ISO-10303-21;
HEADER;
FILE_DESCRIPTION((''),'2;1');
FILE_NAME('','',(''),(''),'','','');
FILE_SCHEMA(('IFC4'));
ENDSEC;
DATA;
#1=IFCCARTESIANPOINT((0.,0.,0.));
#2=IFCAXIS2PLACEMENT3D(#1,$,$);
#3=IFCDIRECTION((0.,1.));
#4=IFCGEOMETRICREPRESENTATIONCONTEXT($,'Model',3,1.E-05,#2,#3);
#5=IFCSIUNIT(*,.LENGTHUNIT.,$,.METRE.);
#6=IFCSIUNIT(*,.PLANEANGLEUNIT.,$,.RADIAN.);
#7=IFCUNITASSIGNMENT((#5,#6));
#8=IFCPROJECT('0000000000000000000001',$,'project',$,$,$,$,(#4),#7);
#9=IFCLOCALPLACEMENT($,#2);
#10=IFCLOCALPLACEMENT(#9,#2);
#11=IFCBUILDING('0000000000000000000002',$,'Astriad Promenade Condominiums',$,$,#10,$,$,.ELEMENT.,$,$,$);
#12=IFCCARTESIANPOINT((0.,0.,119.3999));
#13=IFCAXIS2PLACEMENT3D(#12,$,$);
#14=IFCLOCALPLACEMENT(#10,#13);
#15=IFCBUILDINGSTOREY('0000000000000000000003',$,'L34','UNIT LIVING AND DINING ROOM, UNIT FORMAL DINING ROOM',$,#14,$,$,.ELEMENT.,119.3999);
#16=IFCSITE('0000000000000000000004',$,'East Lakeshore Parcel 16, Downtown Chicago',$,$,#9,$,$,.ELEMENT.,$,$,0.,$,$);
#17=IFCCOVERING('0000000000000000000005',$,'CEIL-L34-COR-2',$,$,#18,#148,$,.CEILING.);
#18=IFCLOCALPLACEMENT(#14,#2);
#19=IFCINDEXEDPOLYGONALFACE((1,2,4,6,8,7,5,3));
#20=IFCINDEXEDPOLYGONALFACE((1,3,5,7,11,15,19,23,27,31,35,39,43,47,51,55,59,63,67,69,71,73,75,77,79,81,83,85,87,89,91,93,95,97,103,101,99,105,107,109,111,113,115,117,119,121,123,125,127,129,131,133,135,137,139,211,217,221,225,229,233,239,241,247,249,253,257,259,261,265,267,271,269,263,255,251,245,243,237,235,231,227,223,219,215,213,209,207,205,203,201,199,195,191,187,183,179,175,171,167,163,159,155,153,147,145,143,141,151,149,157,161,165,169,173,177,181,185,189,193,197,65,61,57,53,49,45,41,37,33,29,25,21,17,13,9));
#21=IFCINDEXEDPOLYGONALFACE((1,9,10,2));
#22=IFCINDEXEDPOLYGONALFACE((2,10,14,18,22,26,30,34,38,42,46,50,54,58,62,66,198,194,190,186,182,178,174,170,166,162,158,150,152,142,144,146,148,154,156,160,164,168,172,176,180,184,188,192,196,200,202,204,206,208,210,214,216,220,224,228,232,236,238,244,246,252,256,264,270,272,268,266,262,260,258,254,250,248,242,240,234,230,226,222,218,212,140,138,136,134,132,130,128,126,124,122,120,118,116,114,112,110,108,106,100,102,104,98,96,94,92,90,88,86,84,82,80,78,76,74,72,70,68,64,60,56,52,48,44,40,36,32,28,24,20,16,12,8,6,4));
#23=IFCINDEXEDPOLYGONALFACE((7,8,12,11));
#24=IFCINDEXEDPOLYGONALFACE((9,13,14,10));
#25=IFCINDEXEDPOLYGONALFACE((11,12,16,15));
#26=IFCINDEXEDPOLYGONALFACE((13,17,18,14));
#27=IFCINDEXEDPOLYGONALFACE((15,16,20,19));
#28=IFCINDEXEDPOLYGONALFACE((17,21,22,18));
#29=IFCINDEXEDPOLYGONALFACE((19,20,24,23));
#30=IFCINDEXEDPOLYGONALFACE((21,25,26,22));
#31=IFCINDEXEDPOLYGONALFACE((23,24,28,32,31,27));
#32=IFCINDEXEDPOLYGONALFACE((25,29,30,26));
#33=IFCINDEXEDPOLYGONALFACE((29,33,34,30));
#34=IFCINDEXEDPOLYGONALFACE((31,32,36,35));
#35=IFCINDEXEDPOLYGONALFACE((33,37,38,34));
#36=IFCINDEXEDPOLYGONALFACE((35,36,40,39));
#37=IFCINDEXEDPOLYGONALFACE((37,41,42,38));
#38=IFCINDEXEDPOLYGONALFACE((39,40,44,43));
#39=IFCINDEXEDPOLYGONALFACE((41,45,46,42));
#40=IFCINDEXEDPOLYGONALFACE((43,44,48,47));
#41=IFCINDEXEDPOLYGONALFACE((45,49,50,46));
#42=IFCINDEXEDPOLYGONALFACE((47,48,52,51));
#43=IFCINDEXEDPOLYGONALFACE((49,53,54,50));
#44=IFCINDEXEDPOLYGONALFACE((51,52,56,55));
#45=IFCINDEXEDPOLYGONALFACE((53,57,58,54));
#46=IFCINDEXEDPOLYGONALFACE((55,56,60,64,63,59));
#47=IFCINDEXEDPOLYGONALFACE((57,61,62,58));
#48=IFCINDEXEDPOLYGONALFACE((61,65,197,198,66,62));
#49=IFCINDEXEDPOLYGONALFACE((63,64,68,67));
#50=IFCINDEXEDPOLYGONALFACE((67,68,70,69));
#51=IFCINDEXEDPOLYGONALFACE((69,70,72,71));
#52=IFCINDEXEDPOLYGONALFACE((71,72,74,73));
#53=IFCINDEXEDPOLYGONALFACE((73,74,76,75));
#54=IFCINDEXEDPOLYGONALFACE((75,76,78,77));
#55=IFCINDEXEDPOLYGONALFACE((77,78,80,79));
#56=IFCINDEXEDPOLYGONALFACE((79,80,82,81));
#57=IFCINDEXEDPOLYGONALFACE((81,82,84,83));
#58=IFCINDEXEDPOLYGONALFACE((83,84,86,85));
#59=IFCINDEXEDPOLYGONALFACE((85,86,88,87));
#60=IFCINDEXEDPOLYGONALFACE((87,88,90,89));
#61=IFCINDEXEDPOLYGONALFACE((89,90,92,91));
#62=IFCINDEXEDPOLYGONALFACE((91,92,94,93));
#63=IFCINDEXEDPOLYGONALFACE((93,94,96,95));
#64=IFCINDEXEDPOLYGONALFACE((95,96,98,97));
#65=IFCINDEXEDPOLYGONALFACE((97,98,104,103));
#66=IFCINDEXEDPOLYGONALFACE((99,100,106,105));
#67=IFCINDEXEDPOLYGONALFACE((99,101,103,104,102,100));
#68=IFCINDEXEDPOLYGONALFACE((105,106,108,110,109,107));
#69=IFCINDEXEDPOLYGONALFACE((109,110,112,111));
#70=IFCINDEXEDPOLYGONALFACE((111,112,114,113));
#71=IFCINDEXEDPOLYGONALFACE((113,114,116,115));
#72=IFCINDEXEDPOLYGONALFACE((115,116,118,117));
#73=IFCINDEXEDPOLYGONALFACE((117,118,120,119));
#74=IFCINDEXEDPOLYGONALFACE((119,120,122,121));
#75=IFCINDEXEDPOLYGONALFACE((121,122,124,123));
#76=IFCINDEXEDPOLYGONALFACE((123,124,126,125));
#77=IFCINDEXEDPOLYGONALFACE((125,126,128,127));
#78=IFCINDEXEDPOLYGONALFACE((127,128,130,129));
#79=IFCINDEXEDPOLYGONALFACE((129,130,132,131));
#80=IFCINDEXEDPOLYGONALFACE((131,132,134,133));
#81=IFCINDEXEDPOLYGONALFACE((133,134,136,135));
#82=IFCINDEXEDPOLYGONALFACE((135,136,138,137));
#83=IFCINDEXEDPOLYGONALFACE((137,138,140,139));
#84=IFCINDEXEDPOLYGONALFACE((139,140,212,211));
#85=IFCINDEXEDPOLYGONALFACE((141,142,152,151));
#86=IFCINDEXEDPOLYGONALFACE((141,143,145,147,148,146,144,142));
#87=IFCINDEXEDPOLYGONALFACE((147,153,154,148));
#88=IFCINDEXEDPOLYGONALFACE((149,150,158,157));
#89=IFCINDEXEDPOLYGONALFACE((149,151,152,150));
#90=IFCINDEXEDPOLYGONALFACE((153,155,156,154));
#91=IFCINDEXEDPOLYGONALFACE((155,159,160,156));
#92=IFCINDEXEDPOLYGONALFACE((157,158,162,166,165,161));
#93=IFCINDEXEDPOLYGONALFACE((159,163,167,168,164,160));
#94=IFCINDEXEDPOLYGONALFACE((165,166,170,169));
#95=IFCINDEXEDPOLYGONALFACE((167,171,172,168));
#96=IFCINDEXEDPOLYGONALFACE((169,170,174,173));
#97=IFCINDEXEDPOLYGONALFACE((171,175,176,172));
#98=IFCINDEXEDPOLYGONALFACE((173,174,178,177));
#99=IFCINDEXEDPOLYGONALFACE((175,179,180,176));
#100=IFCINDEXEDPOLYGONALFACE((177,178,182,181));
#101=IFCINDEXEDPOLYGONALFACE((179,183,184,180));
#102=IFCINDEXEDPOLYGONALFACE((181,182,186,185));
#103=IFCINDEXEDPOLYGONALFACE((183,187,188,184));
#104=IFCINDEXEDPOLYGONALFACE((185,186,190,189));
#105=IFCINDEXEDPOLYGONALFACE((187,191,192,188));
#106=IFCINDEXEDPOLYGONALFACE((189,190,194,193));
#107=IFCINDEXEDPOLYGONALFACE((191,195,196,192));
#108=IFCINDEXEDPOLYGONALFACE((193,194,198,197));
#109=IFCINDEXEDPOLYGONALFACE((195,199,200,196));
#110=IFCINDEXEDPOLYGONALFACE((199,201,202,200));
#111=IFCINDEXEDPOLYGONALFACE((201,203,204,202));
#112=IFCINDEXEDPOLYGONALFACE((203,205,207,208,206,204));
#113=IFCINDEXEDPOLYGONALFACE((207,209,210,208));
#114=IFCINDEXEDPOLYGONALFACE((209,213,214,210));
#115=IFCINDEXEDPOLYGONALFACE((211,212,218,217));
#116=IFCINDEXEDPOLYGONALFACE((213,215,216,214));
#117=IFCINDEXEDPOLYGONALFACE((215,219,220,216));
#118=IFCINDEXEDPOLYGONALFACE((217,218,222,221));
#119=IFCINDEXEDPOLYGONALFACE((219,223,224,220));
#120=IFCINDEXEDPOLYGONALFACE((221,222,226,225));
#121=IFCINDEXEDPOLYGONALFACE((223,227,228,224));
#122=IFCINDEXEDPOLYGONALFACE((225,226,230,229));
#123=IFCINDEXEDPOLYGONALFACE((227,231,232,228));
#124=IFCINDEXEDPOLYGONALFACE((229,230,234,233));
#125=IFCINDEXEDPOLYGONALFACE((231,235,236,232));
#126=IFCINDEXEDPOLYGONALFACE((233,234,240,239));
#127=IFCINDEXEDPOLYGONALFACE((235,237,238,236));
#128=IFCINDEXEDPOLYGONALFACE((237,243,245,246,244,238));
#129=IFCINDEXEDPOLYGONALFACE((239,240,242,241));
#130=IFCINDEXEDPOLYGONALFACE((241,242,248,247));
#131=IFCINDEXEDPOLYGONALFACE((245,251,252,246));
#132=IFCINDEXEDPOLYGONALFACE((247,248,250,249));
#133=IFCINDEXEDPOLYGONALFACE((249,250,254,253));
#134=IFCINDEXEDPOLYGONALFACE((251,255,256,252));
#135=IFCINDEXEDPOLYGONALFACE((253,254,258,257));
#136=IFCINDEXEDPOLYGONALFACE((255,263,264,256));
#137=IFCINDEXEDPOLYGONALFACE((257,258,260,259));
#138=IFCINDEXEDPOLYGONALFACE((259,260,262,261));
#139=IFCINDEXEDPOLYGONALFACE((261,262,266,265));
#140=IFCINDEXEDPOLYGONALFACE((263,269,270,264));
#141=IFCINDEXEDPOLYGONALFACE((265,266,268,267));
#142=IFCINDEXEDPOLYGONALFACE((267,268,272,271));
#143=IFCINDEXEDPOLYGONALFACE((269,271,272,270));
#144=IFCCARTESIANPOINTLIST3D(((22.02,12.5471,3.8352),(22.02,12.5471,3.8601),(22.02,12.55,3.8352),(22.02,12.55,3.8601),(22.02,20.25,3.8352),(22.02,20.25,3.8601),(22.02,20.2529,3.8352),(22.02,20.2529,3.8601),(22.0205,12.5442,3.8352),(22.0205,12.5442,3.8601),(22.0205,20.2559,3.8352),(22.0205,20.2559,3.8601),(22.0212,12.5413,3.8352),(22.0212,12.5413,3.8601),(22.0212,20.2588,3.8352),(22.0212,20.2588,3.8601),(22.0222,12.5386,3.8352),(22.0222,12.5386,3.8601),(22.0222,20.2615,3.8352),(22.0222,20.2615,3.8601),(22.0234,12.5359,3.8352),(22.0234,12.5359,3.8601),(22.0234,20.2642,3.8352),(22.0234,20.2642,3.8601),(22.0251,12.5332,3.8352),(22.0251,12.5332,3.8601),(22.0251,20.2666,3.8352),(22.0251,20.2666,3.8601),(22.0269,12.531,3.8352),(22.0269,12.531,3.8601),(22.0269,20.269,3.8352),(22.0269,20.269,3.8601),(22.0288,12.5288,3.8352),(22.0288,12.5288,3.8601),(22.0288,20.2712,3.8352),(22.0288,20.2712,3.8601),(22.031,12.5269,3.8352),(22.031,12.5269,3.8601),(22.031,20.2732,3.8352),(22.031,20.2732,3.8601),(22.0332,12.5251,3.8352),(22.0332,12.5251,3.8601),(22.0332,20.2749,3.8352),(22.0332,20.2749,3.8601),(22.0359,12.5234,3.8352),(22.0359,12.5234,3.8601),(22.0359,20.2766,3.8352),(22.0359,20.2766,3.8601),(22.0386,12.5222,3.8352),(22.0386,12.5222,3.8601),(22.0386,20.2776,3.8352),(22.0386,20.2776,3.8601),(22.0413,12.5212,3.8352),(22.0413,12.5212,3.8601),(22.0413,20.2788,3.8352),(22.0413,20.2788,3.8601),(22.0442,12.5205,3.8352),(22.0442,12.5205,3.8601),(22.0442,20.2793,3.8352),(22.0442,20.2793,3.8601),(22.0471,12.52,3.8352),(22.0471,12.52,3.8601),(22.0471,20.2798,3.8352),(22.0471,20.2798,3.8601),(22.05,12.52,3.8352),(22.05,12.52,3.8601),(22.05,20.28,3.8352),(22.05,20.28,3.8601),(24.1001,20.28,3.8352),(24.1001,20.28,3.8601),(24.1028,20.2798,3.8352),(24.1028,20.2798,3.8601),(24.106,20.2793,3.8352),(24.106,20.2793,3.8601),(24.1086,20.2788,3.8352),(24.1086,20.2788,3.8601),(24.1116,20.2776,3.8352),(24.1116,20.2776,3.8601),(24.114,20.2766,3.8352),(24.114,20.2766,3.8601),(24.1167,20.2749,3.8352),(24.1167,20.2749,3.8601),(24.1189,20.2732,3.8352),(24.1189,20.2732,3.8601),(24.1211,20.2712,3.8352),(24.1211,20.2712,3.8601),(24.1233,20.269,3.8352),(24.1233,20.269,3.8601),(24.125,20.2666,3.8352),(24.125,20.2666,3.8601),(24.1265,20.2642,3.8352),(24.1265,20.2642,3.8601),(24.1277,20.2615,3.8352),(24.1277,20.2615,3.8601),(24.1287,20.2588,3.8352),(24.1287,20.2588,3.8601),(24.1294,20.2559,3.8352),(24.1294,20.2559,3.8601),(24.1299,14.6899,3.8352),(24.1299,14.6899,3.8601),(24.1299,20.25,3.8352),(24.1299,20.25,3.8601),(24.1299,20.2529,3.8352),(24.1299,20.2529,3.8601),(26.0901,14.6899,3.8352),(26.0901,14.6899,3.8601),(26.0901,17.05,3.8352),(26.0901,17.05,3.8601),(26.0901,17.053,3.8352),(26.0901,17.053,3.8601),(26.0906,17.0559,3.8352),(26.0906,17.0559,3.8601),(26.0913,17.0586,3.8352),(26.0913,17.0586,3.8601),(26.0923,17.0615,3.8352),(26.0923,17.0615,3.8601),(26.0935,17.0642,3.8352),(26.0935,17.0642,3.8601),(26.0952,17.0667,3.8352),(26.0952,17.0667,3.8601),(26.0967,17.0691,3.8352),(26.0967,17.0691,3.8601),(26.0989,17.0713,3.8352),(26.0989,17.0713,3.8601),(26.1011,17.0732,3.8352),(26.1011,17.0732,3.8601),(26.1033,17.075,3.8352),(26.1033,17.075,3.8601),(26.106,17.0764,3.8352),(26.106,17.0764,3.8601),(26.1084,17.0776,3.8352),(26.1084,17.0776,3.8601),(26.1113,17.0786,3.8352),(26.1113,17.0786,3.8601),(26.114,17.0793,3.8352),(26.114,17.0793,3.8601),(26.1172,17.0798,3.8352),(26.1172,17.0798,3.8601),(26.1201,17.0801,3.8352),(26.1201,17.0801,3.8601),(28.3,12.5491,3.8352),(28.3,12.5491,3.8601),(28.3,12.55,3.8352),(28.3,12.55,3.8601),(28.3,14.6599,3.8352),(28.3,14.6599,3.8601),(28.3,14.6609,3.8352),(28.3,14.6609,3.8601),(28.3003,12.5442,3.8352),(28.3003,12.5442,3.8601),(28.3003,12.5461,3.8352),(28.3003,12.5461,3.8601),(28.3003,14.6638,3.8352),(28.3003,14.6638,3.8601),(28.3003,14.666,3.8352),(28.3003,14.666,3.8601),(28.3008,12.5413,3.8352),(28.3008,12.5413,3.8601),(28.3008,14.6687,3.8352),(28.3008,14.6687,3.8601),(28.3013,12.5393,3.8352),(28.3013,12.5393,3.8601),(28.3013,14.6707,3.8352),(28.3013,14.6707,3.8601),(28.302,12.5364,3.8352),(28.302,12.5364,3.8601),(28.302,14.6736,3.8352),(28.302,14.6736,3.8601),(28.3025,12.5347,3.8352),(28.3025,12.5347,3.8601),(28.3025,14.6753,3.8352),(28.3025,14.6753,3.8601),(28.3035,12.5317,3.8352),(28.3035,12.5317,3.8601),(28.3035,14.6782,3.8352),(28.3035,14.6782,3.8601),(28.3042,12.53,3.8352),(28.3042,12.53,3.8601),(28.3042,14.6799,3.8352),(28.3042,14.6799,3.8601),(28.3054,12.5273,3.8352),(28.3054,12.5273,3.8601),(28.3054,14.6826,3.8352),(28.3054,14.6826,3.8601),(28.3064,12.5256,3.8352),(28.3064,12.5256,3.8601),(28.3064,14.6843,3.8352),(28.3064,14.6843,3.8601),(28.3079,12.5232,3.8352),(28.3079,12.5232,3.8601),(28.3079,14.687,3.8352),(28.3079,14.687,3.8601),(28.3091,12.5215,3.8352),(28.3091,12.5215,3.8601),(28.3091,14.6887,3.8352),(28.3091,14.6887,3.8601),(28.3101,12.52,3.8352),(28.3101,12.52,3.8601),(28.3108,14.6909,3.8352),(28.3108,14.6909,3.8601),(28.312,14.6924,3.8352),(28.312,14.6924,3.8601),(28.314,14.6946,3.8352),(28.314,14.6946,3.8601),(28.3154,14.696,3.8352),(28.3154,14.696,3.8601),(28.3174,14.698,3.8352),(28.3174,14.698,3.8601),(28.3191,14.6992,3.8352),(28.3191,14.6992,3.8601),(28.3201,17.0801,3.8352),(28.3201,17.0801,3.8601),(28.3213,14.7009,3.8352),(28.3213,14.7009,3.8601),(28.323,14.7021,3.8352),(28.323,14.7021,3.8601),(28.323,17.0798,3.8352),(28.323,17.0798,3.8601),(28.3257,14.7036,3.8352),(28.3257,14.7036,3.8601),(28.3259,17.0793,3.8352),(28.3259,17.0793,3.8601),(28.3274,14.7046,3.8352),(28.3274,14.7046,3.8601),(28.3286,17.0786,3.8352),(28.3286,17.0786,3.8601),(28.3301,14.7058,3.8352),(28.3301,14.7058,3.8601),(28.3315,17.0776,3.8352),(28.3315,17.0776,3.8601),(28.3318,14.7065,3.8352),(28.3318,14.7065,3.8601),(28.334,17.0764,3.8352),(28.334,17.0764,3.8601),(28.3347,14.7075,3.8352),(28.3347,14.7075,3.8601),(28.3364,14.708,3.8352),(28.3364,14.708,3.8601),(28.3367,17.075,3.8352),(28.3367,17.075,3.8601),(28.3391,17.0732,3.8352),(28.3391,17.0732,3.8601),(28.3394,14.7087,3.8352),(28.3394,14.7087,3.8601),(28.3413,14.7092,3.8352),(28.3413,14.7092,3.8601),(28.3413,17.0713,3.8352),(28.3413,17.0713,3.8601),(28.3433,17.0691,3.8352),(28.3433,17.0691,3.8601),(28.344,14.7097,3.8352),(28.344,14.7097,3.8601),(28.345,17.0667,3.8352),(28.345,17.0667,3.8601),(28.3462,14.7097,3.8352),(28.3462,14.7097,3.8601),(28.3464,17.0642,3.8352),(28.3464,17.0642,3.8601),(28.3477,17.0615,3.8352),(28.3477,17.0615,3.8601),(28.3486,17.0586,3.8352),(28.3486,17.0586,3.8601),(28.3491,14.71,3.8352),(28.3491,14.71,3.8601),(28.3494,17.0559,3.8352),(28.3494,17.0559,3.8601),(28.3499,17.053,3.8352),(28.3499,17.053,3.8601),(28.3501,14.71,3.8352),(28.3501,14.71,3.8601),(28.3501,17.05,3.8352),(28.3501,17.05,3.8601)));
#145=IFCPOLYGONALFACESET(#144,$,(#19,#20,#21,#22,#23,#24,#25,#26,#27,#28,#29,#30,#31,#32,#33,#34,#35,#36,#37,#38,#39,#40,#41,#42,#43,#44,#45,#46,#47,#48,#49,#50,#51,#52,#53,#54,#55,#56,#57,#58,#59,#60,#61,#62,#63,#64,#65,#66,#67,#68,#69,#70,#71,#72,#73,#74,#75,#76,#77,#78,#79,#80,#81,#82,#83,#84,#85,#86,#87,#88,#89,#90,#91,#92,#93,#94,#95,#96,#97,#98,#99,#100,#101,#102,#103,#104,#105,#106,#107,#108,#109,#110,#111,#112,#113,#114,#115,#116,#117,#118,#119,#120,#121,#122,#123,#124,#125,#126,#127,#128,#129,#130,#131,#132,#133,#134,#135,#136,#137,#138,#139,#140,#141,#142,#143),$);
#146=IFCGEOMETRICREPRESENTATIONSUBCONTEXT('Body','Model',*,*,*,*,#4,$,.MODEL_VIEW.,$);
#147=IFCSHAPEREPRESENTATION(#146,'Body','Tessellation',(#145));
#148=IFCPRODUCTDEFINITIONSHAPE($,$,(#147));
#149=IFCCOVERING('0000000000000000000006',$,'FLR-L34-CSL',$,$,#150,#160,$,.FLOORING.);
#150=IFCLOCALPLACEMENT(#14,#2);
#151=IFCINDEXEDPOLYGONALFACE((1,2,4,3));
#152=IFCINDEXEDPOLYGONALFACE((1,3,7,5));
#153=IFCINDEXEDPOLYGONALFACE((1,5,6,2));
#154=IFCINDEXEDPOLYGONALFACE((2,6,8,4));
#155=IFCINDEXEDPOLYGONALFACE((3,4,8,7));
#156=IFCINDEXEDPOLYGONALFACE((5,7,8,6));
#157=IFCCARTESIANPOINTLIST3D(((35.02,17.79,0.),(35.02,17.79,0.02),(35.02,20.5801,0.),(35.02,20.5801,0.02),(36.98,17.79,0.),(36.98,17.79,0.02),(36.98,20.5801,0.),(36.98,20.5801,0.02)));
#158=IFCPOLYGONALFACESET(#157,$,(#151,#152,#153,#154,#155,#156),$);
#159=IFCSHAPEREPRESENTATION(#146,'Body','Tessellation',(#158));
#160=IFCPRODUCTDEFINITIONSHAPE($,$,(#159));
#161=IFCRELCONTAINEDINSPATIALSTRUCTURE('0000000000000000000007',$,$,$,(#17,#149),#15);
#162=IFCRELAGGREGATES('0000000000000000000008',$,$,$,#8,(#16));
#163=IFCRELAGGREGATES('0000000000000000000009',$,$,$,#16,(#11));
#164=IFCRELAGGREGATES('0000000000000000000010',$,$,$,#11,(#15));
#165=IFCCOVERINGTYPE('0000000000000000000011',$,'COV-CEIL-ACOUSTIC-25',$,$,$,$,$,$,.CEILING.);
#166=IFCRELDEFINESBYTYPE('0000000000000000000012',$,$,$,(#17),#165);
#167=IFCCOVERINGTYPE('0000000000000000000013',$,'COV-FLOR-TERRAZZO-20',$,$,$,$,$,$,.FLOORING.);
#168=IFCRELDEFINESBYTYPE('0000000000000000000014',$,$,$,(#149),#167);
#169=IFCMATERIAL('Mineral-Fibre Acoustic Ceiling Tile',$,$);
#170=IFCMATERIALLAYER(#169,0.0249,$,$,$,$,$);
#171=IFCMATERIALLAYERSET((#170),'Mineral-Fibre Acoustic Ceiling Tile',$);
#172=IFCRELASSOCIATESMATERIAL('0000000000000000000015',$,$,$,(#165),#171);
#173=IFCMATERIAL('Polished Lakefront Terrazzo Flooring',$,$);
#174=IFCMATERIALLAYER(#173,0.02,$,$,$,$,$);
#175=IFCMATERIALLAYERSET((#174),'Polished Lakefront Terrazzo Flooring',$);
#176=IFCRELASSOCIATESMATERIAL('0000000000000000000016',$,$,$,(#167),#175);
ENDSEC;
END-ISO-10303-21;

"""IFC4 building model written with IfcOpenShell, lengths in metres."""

from ifc_helpers import new_model, si_unit, direction, frame, origin, place, context, subcontext, project, spatial, polyline, outline, extrude, material, layer, layer_set, type_object, element, save


model = new_model("IFC4")

# Units and contexts
model_context = context("Model", 3, precision=1e-05, world=origin(), true_north=direction((0.0, 1.0)))
body_context = subcontext(model_context, "Body", "Model", "MODEL_VIEW")
ifc_project = project(units=[si_unit("LENGTHUNIT", "METRE"), si_unit("PLANEANGLEUNIT", "RADIAN")], contexts=[model_context])

# Site, building, storey
site_placement = place(None, origin())
site = spatial("IfcSite", under=ifc_project, at=site_placement, Name="East Lakeshore Parcel 16, Downtown Chicago", CompositionType="ELEMENT", RefElevation=0.0)
building_placement = place(site_placement, origin())
building = spatial("IfcBuilding", under=site, at=building_placement, Name="Astriad Promenade Condominiums", CompositionType="ELEMENT")
storey_placement = place(building_placement, frame((0.0, 0.0, 119.3999)))
storey = spatial("IfcBuildingStorey", under=building, at=storey_placement, Name="L34", Description="UNIT LIVING AND DINING ROOM, UNIT FORMAL DINING ROOM", CompositionType="ELEMENT", Elevation=119.3999)

# Coverings
ifc_material_1 = material(Name="Mineral-Fibre Acoustic Ceiling Tile")
ifc_layer_1 = layer(ifc_material_1, 0.0249)
ifc_layer_set_1 = layer_set([ifc_layer_1], Name="Mineral-Fibre Acoustic Ceiling Tile")
covering_type_1 = type_object("IfcCoveringType", Name="COV-CEIL-ACOUSTIC-25", PredefinedType="CEILING", material=ifc_layer_set_1)
covering_1_placement = place(storey_placement, frame((0.0, 0.0, 3.8352)))
element("IfcCovering", 1, at=covering_1_placement, inside=storey, type_object=covering_type_1, Name="CEIL-L34-COR-2", PredefinedType="CEILING", context=body_context, shape_type="SweptSolid", body=[
    extrude(outline(polyline([(22.0471, 12.52), (22.0442, 12.5205), (22.0413, 12.5212), (22.0386, 12.5222), (22.0359, 12.5234), (22.0332, 12.5251), (22.031, 12.5269), (22.0288, 12.5288), (22.0269, 12.531), (22.0251, 12.5332), (22.0234, 12.5359), (22.0222, 12.5386), (22.0212, 12.5413), (22.0205, 12.5442), (22.02, 12.5471), (22.02, 12.55), (22.02, 20.25), (22.02, 20.2529), (22.0205, 20.2559), (22.0212, 20.2588), (22.0222, 20.2615), (22.0234, 20.2642), (22.0251, 20.2666), (22.0269, 20.269), (22.0288, 20.2712), (22.031, 20.2732), (22.0332, 20.2749), (22.0359, 20.2766), (22.0386, 20.2776), (22.0413, 20.2788), (22.0442, 20.2793), (22.0471, 20.2798), (22.05, 20.28), (24.1001, 20.28), (24.1028, 20.2798), (24.106, 20.2793), (24.1086, 20.2788), (24.1116, 20.2776), (24.114, 20.2766), (24.1167, 20.2749), (24.1189, 20.2732), (24.1211, 20.2712), (24.1233, 20.269), (24.125, 20.2666), (24.1265, 20.2642), (24.1277, 20.2615), (24.1287, 20.2588), (24.1294, 20.2559), (24.1299, 20.2529), (24.1299, 20.25), (24.1299, 14.6899), (26.0901, 14.6899), (26.0901, 17.05), (26.0901, 17.053), (26.0906, 17.0559), (26.0913, 17.0586), (26.0923, 17.0615), (26.0935, 17.0642), (26.0952, 17.0667), (26.0967, 17.0691), (26.0989, 17.0713), (26.1011, 17.0732), (26.1033, 17.075), (26.106, 17.0764), (26.1084, 17.0776), (26.1113, 17.0786), (26.114, 17.0793), (26.1172, 17.0798), (26.1201, 17.0801), (28.3201, 17.0801), (28.323, 17.0798), (28.3259, 17.0793), (28.3286, 17.0786), (28.3315, 17.0776), (28.334, 17.0764), (28.3367, 17.075), (28.3391, 17.0732), (28.3413, 17.0713), (28.3433, 17.0691), (28.345, 17.0667), (28.3464, 17.0642), (28.3477, 17.0615), (28.3486, 17.0586), (28.3494, 17.0559), (28.3499, 17.053), (28.3501, 17.05), (28.3501, 14.71), (28.3491, 14.71), (28.3462, 14.7097), (28.344, 14.7097), (28.3413, 14.7092), (28.3394, 14.7087), (28.3364, 14.708), (28.3347, 14.7075), (28.3318, 14.7065), (28.3301, 14.7058), (28.3274, 14.7046), (28.3257, 14.7036), (28.323, 14.7021), (28.3213, 14.7009), (28.3191, 14.6992), (28.3174, 14.698), (28.3154, 14.696), (28.314, 14.6946), (28.312, 14.6924), (28.3108, 14.6909), (28.3091, 14.6887), (28.3079, 14.687), (28.3064, 14.6843), (28.3054, 14.6826), (28.3042, 14.6799), (28.3035, 14.6782), (28.3025, 14.6753), (28.302, 14.6736), (28.3013, 14.6707), (28.3008, 14.6687), (28.3003, 14.666), (28.3003, 14.6638), (28.3, 14.6609), (28.3, 14.6599), (28.3, 12.55), (28.3, 12.5491), (28.3003, 12.5461), (28.3003, 12.5442), (28.3008, 12.5413), (28.3013, 12.5393), (28.302, 12.5364), (28.3025, 12.5347), (28.3035, 12.5317), (28.3042, 12.53), (28.3054, 12.5273), (28.3064, 12.5256), (28.3079, 12.5232), (28.3091, 12.5215), (28.3101, 12.52), (22.05, 12.52), (22.0471, 12.52)])), origin(), (0.0, 0.0, 1.0), 0.0249),
])
ifc_material_2 = material(Name="Polished Lakefront Terrazzo Flooring")
ifc_layer_2 = layer(ifc_material_2, 0.02)
ifc_layer_set_2 = layer_set([ifc_layer_2], Name="Polished Lakefront Terrazzo Flooring")
covering_type_2 = type_object("IfcCoveringType", Name="COV-FLOR-TERRAZZO-20", PredefinedType="FLOORING", material=ifc_layer_set_2)
covering_2_placement = place(storey_placement, origin())
element("IfcCovering", 2, at=covering_2_placement, inside=storey, type_object=covering_type_2, Name="FLR-L34-CSL", PredefinedType="FLOORING", context=body_context, shape_type="SweptSolid", body=[
    extrude(outline(polyline([(36.98, 17.79), (35.02, 17.79), (35.02, 20.5801), (36.98, 20.5801), (36.98, 17.79)])), origin(), (0.0, 0.0, 1.0), 0.02),
])

save(model, "model.ifc")
